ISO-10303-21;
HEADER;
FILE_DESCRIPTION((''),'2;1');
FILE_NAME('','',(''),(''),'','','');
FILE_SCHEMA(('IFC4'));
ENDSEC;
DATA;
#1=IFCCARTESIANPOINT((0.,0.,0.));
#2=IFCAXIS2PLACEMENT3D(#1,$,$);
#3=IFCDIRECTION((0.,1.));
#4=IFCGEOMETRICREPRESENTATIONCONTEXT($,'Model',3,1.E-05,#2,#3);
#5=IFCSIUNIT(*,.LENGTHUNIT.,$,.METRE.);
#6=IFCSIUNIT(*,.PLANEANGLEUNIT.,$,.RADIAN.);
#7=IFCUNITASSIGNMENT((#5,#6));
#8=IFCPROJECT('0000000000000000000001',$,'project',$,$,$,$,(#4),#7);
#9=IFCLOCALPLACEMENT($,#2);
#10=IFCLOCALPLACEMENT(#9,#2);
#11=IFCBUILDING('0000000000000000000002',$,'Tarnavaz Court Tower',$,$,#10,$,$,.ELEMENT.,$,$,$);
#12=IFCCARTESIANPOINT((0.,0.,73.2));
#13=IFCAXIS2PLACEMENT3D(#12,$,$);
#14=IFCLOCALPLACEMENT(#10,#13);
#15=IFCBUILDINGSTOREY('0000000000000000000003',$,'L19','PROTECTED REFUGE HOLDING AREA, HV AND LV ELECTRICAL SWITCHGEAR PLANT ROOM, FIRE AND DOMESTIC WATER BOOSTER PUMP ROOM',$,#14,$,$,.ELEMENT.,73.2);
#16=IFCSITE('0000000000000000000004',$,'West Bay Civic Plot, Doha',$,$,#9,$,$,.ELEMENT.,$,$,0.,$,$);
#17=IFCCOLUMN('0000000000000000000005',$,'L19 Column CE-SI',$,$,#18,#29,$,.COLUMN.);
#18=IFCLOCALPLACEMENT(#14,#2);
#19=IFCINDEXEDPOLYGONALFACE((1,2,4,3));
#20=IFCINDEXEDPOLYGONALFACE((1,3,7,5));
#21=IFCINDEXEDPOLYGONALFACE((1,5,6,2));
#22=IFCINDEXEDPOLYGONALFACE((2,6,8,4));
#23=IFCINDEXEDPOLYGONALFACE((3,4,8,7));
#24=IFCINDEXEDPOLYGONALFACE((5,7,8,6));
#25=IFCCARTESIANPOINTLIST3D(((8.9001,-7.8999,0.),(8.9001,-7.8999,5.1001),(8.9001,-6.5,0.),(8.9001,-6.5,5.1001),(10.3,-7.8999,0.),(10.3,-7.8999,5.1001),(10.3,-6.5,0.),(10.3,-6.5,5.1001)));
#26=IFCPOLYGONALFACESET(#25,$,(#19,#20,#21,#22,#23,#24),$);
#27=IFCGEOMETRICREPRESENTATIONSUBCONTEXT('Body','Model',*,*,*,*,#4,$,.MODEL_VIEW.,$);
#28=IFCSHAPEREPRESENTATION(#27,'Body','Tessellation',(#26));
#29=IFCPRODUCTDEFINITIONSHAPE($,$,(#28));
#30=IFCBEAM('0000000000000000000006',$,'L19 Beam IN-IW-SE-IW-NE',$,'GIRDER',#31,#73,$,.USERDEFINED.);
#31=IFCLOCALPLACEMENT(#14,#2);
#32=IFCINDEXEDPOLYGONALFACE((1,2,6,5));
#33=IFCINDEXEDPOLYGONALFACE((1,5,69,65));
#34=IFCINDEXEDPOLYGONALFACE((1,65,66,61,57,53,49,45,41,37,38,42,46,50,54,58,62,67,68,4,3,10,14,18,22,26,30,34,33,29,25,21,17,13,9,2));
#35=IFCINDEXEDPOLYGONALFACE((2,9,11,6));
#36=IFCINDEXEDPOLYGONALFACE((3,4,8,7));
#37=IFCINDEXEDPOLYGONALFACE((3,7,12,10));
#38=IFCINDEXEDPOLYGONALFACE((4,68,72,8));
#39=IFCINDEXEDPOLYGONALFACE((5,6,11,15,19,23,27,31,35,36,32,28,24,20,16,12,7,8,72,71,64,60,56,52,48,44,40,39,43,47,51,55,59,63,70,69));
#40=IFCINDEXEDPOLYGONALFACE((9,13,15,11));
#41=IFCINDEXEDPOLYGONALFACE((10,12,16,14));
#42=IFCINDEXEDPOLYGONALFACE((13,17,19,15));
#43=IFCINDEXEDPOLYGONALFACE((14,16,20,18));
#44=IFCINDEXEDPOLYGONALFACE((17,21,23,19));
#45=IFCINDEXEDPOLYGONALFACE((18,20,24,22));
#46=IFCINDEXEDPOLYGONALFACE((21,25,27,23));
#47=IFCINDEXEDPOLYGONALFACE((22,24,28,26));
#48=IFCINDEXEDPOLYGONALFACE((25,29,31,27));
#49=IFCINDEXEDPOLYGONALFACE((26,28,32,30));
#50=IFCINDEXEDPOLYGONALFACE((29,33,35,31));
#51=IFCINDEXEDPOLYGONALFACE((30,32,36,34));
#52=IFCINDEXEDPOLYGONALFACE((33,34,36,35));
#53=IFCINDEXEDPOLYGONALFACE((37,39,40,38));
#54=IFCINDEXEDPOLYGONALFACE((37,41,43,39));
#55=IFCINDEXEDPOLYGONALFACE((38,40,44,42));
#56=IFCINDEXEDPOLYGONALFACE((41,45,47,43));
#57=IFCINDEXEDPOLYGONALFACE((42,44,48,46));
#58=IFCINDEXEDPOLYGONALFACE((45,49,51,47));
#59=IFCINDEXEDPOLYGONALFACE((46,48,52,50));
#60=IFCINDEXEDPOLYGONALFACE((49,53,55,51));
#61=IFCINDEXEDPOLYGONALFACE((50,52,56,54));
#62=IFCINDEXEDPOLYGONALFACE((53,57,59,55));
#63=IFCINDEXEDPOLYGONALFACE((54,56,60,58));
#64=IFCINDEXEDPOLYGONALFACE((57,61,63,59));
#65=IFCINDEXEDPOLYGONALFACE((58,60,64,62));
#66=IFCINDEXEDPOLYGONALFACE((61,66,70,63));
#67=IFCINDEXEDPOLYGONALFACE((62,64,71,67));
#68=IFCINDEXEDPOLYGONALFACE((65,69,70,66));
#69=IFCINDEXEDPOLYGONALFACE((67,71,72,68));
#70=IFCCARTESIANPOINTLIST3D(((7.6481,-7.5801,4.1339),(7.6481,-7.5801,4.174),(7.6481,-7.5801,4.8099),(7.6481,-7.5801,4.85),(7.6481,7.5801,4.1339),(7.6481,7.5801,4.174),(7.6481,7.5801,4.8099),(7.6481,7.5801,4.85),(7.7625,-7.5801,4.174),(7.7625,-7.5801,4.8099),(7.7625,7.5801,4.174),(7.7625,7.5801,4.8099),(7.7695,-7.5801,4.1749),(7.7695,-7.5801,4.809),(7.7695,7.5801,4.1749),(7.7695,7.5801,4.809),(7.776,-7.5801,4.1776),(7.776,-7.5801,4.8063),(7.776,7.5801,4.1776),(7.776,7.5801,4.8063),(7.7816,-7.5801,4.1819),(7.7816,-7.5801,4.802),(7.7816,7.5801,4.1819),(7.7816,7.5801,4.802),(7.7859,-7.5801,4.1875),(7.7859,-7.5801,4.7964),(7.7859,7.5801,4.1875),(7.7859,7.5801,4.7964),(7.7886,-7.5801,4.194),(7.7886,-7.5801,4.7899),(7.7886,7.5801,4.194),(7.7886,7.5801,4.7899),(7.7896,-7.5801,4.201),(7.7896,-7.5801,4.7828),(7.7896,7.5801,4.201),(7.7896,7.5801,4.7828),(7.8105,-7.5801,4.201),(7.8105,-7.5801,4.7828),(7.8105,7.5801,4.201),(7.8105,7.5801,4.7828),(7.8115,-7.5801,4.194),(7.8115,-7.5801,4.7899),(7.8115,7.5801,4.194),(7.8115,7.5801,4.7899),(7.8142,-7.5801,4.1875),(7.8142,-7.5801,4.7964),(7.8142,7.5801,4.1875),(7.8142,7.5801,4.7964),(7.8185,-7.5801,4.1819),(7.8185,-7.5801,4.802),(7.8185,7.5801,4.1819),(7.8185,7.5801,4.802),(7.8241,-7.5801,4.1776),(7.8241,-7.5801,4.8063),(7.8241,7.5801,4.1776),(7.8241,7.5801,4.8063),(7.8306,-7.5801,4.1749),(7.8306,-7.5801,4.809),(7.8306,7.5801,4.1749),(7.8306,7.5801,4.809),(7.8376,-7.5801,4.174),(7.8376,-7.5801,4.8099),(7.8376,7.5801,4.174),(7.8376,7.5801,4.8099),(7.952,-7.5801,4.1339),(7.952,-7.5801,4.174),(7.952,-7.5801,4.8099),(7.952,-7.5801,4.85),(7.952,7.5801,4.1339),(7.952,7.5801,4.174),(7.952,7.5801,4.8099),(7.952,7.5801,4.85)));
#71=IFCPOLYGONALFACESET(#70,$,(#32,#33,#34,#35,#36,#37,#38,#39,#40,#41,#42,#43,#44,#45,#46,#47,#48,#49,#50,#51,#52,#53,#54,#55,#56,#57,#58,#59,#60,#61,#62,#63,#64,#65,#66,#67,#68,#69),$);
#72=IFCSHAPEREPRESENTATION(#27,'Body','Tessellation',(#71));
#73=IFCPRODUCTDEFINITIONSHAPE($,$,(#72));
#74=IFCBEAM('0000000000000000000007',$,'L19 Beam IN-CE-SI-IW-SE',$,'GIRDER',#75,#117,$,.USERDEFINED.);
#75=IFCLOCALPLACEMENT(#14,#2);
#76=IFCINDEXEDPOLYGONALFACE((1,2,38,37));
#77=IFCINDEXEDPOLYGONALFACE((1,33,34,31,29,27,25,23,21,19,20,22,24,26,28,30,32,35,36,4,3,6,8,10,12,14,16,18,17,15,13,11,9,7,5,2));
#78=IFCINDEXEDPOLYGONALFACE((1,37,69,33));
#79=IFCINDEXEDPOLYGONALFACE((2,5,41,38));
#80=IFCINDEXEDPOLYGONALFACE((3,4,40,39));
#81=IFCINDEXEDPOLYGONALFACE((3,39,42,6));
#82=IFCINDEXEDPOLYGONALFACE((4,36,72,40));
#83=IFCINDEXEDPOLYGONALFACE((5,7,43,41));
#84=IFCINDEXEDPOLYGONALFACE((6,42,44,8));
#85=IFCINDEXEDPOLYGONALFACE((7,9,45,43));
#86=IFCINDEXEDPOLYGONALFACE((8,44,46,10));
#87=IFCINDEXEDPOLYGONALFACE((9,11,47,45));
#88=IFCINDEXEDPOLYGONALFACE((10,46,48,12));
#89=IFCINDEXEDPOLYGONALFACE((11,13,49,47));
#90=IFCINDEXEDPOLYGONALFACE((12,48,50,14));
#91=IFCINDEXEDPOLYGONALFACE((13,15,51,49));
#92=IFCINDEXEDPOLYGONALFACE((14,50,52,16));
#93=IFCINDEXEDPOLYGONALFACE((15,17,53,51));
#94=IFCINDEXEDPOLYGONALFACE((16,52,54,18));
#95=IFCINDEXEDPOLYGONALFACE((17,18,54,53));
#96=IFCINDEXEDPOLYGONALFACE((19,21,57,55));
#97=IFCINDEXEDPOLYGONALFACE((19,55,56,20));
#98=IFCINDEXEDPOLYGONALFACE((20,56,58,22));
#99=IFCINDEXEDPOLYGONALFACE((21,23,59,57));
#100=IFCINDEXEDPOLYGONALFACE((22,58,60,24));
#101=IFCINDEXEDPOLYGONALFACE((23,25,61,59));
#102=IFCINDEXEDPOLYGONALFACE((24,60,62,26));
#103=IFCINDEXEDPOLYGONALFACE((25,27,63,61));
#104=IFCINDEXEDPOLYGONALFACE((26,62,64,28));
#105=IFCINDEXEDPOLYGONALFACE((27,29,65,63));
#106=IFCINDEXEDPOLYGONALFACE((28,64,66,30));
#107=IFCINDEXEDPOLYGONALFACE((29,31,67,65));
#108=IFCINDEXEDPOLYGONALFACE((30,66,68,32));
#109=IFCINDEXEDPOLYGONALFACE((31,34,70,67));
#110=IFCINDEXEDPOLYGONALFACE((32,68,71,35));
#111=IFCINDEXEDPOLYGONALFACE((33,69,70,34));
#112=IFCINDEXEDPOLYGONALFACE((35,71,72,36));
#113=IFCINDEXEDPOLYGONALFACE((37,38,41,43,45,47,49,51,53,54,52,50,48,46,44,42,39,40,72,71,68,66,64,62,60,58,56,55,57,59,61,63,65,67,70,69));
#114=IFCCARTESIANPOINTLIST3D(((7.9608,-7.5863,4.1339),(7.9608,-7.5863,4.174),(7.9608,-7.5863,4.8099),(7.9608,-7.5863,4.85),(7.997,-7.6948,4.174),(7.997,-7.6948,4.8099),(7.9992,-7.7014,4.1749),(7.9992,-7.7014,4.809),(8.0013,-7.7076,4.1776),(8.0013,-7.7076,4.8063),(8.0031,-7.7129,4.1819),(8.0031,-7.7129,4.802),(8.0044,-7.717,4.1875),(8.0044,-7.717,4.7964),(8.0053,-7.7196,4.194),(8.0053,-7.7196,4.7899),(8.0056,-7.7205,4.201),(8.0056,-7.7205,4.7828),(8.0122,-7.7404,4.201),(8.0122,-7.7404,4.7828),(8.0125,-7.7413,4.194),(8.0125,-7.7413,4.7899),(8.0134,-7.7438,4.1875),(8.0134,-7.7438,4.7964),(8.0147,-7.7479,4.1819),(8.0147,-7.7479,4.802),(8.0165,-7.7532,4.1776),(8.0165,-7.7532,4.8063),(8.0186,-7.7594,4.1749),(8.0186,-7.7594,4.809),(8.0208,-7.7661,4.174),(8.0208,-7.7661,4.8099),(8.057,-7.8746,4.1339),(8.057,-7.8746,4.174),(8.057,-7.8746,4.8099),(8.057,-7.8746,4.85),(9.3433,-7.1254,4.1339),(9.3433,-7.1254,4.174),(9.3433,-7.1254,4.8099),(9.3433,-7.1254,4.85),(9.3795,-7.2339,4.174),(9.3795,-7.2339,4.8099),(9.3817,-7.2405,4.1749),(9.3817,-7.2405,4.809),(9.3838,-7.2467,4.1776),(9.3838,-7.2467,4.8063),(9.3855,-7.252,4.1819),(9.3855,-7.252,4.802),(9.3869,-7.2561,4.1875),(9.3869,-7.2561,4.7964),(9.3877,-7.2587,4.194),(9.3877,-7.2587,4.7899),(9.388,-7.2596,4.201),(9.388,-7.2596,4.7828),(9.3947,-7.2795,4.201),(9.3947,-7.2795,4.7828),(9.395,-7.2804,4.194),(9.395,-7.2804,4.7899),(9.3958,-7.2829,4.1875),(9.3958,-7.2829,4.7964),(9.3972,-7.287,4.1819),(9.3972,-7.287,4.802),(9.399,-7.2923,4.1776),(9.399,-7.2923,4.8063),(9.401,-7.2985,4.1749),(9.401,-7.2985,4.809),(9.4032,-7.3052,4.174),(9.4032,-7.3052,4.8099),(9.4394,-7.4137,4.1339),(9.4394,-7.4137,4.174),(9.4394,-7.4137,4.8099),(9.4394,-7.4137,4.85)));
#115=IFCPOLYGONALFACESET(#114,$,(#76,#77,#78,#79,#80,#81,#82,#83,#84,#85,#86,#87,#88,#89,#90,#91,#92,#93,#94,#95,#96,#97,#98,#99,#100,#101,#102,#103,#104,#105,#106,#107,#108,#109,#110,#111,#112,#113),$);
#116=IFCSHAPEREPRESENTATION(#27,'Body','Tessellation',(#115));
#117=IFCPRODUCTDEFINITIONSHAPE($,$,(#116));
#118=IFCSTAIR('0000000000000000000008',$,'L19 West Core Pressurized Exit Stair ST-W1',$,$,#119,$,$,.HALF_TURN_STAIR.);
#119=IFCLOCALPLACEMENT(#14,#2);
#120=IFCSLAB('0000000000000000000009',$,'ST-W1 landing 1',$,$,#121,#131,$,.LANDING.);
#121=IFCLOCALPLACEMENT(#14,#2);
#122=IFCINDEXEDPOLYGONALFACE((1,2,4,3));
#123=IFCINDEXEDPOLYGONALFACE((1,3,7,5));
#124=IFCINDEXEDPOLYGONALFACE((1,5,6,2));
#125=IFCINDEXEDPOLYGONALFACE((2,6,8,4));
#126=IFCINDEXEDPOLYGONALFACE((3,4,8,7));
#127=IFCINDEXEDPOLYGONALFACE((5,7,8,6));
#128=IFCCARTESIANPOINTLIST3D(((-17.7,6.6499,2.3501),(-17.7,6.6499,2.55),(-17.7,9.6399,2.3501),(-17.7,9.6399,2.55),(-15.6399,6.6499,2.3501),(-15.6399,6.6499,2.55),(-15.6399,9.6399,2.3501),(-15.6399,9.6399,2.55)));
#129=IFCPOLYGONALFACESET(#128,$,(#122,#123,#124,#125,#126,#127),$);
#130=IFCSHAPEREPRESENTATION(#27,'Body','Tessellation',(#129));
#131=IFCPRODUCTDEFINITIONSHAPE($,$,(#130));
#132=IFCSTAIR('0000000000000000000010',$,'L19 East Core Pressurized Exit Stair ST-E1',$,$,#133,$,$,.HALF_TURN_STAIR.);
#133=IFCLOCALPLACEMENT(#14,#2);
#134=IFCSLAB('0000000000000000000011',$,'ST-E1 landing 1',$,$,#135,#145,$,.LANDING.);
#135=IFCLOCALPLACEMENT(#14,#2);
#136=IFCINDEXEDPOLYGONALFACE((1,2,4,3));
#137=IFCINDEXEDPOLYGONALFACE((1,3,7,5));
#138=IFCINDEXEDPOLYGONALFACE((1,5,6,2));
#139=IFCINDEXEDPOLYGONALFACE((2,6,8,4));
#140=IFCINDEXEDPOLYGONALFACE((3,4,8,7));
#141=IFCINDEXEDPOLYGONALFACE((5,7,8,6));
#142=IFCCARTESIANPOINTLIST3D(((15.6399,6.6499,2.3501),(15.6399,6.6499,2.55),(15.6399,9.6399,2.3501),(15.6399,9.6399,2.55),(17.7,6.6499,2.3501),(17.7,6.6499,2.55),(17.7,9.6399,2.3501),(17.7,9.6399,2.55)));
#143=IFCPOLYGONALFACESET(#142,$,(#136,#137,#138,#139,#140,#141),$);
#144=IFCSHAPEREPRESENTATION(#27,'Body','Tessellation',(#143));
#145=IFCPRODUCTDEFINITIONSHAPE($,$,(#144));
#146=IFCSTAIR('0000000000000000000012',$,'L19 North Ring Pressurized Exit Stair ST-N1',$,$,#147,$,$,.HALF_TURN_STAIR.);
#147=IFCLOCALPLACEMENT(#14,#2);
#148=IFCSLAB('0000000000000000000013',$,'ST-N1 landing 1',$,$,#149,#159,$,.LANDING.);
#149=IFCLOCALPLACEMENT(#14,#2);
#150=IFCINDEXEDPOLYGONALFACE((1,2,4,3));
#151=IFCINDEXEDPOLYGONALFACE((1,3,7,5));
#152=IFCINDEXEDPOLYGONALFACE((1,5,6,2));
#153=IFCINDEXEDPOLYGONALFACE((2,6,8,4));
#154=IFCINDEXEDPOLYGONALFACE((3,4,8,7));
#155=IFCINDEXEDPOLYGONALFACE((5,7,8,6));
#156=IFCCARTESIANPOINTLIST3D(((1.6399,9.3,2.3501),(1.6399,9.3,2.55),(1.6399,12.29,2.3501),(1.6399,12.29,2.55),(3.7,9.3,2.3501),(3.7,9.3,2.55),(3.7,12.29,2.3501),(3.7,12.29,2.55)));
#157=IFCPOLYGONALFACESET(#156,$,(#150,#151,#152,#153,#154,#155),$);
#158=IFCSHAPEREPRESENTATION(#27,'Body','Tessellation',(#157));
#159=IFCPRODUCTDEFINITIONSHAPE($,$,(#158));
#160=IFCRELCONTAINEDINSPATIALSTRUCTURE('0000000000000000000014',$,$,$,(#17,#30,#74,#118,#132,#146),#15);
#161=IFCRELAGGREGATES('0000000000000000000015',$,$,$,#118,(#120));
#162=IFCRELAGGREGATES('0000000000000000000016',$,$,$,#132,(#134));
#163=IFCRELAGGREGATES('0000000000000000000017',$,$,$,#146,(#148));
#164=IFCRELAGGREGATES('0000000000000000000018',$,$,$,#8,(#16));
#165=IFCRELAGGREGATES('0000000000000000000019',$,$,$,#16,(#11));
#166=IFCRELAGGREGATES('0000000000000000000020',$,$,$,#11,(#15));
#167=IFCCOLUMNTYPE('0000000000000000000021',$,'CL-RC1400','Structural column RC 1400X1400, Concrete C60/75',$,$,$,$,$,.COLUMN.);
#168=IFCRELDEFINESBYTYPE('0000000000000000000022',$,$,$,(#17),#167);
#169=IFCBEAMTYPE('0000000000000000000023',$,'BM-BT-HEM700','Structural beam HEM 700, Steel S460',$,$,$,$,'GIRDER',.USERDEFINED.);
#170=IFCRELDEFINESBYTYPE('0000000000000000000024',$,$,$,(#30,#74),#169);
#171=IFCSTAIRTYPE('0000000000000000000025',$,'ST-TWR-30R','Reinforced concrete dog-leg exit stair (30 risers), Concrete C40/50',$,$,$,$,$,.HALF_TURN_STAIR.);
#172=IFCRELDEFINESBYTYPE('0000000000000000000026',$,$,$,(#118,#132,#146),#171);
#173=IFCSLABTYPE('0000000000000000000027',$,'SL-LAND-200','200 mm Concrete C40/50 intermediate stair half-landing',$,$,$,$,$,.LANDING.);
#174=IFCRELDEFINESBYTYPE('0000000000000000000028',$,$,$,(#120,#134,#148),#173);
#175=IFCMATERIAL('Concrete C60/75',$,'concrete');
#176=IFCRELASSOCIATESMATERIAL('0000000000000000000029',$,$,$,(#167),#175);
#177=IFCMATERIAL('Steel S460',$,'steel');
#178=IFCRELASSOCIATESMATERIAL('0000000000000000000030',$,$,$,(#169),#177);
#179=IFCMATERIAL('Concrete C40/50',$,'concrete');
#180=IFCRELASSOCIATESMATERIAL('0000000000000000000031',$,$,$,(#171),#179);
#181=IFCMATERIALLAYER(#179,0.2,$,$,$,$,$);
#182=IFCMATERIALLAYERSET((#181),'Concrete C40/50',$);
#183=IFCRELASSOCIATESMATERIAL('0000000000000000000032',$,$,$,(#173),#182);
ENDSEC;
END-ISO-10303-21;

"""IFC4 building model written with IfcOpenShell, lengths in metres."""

from ifc_helpers import new_model, si_unit, direction, frame, origin, origin_2d, place, context, subcontext, project, spatial, polyline, rectangle, i_section, outline, extrude, material, layer, layer_set, material_profile, profile_set, type_object, element, aggregate, save


model = new_model("IFC4")

# Units and contexts
model_context = context("Model", 3, precision=1e-05, world=origin(), true_north=direction((0.0, 1.0)))
body_context = subcontext(model_context, "Body", "Model", "MODEL_VIEW")
ifc_project = project(units=[si_unit("LENGTHUNIT", "METRE"), si_unit("PLANEANGLEUNIT", "RADIAN")], contexts=[model_context])

# Site, building, storey
site_placement = place(None, origin())
site = spatial("IfcSite", under=ifc_project, at=site_placement, Name="West Bay Civic Plot, Doha", CompositionType="ELEMENT", RefElevation=0.0)
building_placement = place(site_placement, origin())
building = spatial("IfcBuilding", under=site, at=building_placement, Name="Tarnavaz Court Tower", CompositionType="ELEMENT")
storey_placement = place(building_placement, frame((0.0, 0.0, 73.2)))
storey = spatial("IfcBuildingStorey", under=building, at=storey_placement, Name="L19", Description="PROTECTED REFUGE HOLDING AREA, HV AND LV ELECTRICAL SWITCHGEAR PLANT ROOM, FIRE AND DOMESTIC WATER BOOSTER PUMP ROOM", CompositionType="ELEMENT", Elevation=73.2)

# Column
ifc_material_1 = material(Name="Concrete C60/75", Category="concrete")
ifc_material_profile_1 = material_profile(ifc_material_1, rectangle(XDim=1.3999, YDim=1.3999, at=origin_2d()), Name="RC 1400X1400")
ifc_profile_set_1 = profile_set([ifc_material_profile_1], Name="Concrete C60/75")
column_type = type_object("IfcColumnType", Name="CL-RC1400", Description="Structural column RC 1400X1400, Concrete C60/75", PredefinedType="COLUMN", material=ifc_profile_set_1)
column_placement = place(storey_placement, frame((9.6001, -7.2, 0.0), z_axis=(0.0, 0.0, 1.0), x_axis=(1.0, 0.0, 0.0)))
element("IfcColumn", 1, at=column_placement, inside=storey, type_object=column_type, Name="L19 Column CE-SI", PredefinedType="COLUMN", context=body_context, shape_type="SweptSolid", body=[
    extrude(rectangle(XDim=1.3999, YDim=1.3999, at=origin_2d()), origin(), (0.0, 0.0, 1.0), 5.1001),
])

# Beams
ifc_material_2 = material(Name="Steel S460", Category="steel")
ifc_material_profile_2 = material_profile(ifc_material_2, i_section(OverallWidth=0.304, OverallDepth=0.7161, WebThickness=0.021, FlangeThickness=0.04, FilletRadius=0.0271, at=origin_2d()), Name="HEM 700")
ifc_profile_set_2 = profile_set([ifc_material_profile_2], Name="Steel S460")
beam_type = type_object("IfcBeamType", Name="BM-BT-HEM700", Description="Structural beam HEM 700, Steel S460", ElementType="GIRDER", PredefinedType="USERDEFINED", material=ifc_profile_set_2)
beam_1_placement = place(storey_placement, frame((7.8, -7.5801, 4.4919), z_axis=(0.0, 1.0, 0.0), x_axis=(-1.0, 0.0, 0.0)))
element("IfcBeam", 2, at=beam_1_placement, inside=storey, type_object=beam_type, Name="L19 Beam IN-IW-SE-IW-NE", ObjectType="GIRDER", PredefinedType="USERDEFINED", context=body_context, shape_type="SweptSolid", body=[
    extrude(i_section(OverallWidth=0.304, OverallDepth=0.7161, WebThickness=0.021, FlangeThickness=0.04, FilletRadius=0.0271, at=origin_2d()), origin(), (0.0, 0.0, 1.0), 15.1602),
])
beam_2_placement = place(storey_placement, frame((9.3914, -7.2695, 4.4919), z_axis=(-0.948667, -0.316278, 0.0), x_axis=(0.316278, -0.948667, 0.0)))
element("IfcBeam", 3, at=beam_2_placement, inside=storey, type_object=beam_type, Name="L19 Beam IN-CE-SI-IW-SE", ObjectType="GIRDER", PredefinedType="USERDEFINED", context=body_context, shape_type="SweptSolid", body=[
    extrude(i_section(OverallWidth=0.304, OverallDepth=0.7161, WebThickness=0.021, FlangeThickness=0.04, FilletRadius=0.0271, at=origin_2d()), origin(), (0.0, 0.0, 1.0), 1.4573),
])

# Stairs, slabs
ifc_material_3 = material(Name="Concrete C40/50", Category="concrete")
stair_type = type_object("IfcStairType", Name="ST-TWR-30R", Description="Reinforced concrete dog-leg exit stair (30 risers), Concrete C40/50", PredefinedType="HALF_TURN_STAIR", material=ifc_material_3)
stair_1_placement = place(storey_placement, origin())
stair_1 = element("IfcStair", 4, at=stair_1_placement, inside=storey, type_object=stair_type, Name="L19 West Core Pressurized Exit Stair ST-W1", PredefinedType="HALF_TURN_STAIR")
ifc_layer_1 = layer(ifc_material_3, 0.2)
ifc_layer_set_1 = layer_set([ifc_layer_1], Name="Concrete C40/50")
slab_type_1 = type_object("IfcSlabType", Name="SL-LAND-200", Description="200 mm Concrete C40/50 intermediate stair half-landing", PredefinedType="LANDING", material=ifc_layer_set_1)
slab_1_placement = place(storey_placement, frame((0.0, 0.0, 2.3501)))
slab_1 = element("IfcSlab", 5, at=slab_1_placement, type_object=slab_type_1, Name="ST-W1 landing 1", PredefinedType="LANDING", context=body_context, shape_type="SweptSolid", body=[
    extrude(outline(polyline([(-15.6399, 9.6399), (-17.7, 9.6399), (-17.7, 6.6499), (-15.6399, 6.6499), (-15.6399, 9.6399)])), origin(), (0.0, 0.0, 1.0), 0.2),
])
aggregate(stair_1, [slab_1])
stair_2_placement = place(storey_placement, origin())
stair_2 = element("IfcStair", 6, at=stair_2_placement, inside=storey, type_object=stair_type, Name="L19 East Core Pressurized Exit Stair ST-E1", PredefinedType="HALF_TURN_STAIR")
slab_2_placement = place(storey_placement, frame((0.0, 0.0, 2.3501)))
slab_2 = element("IfcSlab", 7, at=slab_2_placement, type_object=slab_type_1, Name="ST-E1 landing 1", PredefinedType="LANDING", context=body_context, shape_type="SweptSolid", body=[
    extrude(outline(polyline([(15.6399, 6.6499), (17.7, 6.6499), (17.7, 9.6399), (15.6399, 9.6399), (15.6399, 6.6499)])), origin(), (0.0, 0.0, 1.0), 0.2),
])
aggregate(stair_2, [slab_2])
stair_3_placement = place(storey_placement, origin())
stair_3 = element("IfcStair", 8, at=stair_3_placement, inside=storey, type_object=stair_type, Name="L19 North Ring Pressurized Exit Stair ST-N1", PredefinedType="HALF_TURN_STAIR")
slab_3_placement = place(storey_placement, frame((0.0, 0.0, 2.3501)))
slab_3 = element("IfcSlab", 9, at=slab_3_placement, type_object=slab_type_1, Name="ST-N1 landing 1", PredefinedType="LANDING", context=body_context, shape_type="SweptSolid", body=[
    extrude(outline(polyline([(1.6399, 9.3), (3.7, 9.3), (3.7, 12.29), (1.6399, 12.29), (1.6399, 9.3)])), origin(), (0.0, 0.0, 1.0), 0.2),
])
aggregate(stair_3, [slab_3])

save(model, "model.ifc")
